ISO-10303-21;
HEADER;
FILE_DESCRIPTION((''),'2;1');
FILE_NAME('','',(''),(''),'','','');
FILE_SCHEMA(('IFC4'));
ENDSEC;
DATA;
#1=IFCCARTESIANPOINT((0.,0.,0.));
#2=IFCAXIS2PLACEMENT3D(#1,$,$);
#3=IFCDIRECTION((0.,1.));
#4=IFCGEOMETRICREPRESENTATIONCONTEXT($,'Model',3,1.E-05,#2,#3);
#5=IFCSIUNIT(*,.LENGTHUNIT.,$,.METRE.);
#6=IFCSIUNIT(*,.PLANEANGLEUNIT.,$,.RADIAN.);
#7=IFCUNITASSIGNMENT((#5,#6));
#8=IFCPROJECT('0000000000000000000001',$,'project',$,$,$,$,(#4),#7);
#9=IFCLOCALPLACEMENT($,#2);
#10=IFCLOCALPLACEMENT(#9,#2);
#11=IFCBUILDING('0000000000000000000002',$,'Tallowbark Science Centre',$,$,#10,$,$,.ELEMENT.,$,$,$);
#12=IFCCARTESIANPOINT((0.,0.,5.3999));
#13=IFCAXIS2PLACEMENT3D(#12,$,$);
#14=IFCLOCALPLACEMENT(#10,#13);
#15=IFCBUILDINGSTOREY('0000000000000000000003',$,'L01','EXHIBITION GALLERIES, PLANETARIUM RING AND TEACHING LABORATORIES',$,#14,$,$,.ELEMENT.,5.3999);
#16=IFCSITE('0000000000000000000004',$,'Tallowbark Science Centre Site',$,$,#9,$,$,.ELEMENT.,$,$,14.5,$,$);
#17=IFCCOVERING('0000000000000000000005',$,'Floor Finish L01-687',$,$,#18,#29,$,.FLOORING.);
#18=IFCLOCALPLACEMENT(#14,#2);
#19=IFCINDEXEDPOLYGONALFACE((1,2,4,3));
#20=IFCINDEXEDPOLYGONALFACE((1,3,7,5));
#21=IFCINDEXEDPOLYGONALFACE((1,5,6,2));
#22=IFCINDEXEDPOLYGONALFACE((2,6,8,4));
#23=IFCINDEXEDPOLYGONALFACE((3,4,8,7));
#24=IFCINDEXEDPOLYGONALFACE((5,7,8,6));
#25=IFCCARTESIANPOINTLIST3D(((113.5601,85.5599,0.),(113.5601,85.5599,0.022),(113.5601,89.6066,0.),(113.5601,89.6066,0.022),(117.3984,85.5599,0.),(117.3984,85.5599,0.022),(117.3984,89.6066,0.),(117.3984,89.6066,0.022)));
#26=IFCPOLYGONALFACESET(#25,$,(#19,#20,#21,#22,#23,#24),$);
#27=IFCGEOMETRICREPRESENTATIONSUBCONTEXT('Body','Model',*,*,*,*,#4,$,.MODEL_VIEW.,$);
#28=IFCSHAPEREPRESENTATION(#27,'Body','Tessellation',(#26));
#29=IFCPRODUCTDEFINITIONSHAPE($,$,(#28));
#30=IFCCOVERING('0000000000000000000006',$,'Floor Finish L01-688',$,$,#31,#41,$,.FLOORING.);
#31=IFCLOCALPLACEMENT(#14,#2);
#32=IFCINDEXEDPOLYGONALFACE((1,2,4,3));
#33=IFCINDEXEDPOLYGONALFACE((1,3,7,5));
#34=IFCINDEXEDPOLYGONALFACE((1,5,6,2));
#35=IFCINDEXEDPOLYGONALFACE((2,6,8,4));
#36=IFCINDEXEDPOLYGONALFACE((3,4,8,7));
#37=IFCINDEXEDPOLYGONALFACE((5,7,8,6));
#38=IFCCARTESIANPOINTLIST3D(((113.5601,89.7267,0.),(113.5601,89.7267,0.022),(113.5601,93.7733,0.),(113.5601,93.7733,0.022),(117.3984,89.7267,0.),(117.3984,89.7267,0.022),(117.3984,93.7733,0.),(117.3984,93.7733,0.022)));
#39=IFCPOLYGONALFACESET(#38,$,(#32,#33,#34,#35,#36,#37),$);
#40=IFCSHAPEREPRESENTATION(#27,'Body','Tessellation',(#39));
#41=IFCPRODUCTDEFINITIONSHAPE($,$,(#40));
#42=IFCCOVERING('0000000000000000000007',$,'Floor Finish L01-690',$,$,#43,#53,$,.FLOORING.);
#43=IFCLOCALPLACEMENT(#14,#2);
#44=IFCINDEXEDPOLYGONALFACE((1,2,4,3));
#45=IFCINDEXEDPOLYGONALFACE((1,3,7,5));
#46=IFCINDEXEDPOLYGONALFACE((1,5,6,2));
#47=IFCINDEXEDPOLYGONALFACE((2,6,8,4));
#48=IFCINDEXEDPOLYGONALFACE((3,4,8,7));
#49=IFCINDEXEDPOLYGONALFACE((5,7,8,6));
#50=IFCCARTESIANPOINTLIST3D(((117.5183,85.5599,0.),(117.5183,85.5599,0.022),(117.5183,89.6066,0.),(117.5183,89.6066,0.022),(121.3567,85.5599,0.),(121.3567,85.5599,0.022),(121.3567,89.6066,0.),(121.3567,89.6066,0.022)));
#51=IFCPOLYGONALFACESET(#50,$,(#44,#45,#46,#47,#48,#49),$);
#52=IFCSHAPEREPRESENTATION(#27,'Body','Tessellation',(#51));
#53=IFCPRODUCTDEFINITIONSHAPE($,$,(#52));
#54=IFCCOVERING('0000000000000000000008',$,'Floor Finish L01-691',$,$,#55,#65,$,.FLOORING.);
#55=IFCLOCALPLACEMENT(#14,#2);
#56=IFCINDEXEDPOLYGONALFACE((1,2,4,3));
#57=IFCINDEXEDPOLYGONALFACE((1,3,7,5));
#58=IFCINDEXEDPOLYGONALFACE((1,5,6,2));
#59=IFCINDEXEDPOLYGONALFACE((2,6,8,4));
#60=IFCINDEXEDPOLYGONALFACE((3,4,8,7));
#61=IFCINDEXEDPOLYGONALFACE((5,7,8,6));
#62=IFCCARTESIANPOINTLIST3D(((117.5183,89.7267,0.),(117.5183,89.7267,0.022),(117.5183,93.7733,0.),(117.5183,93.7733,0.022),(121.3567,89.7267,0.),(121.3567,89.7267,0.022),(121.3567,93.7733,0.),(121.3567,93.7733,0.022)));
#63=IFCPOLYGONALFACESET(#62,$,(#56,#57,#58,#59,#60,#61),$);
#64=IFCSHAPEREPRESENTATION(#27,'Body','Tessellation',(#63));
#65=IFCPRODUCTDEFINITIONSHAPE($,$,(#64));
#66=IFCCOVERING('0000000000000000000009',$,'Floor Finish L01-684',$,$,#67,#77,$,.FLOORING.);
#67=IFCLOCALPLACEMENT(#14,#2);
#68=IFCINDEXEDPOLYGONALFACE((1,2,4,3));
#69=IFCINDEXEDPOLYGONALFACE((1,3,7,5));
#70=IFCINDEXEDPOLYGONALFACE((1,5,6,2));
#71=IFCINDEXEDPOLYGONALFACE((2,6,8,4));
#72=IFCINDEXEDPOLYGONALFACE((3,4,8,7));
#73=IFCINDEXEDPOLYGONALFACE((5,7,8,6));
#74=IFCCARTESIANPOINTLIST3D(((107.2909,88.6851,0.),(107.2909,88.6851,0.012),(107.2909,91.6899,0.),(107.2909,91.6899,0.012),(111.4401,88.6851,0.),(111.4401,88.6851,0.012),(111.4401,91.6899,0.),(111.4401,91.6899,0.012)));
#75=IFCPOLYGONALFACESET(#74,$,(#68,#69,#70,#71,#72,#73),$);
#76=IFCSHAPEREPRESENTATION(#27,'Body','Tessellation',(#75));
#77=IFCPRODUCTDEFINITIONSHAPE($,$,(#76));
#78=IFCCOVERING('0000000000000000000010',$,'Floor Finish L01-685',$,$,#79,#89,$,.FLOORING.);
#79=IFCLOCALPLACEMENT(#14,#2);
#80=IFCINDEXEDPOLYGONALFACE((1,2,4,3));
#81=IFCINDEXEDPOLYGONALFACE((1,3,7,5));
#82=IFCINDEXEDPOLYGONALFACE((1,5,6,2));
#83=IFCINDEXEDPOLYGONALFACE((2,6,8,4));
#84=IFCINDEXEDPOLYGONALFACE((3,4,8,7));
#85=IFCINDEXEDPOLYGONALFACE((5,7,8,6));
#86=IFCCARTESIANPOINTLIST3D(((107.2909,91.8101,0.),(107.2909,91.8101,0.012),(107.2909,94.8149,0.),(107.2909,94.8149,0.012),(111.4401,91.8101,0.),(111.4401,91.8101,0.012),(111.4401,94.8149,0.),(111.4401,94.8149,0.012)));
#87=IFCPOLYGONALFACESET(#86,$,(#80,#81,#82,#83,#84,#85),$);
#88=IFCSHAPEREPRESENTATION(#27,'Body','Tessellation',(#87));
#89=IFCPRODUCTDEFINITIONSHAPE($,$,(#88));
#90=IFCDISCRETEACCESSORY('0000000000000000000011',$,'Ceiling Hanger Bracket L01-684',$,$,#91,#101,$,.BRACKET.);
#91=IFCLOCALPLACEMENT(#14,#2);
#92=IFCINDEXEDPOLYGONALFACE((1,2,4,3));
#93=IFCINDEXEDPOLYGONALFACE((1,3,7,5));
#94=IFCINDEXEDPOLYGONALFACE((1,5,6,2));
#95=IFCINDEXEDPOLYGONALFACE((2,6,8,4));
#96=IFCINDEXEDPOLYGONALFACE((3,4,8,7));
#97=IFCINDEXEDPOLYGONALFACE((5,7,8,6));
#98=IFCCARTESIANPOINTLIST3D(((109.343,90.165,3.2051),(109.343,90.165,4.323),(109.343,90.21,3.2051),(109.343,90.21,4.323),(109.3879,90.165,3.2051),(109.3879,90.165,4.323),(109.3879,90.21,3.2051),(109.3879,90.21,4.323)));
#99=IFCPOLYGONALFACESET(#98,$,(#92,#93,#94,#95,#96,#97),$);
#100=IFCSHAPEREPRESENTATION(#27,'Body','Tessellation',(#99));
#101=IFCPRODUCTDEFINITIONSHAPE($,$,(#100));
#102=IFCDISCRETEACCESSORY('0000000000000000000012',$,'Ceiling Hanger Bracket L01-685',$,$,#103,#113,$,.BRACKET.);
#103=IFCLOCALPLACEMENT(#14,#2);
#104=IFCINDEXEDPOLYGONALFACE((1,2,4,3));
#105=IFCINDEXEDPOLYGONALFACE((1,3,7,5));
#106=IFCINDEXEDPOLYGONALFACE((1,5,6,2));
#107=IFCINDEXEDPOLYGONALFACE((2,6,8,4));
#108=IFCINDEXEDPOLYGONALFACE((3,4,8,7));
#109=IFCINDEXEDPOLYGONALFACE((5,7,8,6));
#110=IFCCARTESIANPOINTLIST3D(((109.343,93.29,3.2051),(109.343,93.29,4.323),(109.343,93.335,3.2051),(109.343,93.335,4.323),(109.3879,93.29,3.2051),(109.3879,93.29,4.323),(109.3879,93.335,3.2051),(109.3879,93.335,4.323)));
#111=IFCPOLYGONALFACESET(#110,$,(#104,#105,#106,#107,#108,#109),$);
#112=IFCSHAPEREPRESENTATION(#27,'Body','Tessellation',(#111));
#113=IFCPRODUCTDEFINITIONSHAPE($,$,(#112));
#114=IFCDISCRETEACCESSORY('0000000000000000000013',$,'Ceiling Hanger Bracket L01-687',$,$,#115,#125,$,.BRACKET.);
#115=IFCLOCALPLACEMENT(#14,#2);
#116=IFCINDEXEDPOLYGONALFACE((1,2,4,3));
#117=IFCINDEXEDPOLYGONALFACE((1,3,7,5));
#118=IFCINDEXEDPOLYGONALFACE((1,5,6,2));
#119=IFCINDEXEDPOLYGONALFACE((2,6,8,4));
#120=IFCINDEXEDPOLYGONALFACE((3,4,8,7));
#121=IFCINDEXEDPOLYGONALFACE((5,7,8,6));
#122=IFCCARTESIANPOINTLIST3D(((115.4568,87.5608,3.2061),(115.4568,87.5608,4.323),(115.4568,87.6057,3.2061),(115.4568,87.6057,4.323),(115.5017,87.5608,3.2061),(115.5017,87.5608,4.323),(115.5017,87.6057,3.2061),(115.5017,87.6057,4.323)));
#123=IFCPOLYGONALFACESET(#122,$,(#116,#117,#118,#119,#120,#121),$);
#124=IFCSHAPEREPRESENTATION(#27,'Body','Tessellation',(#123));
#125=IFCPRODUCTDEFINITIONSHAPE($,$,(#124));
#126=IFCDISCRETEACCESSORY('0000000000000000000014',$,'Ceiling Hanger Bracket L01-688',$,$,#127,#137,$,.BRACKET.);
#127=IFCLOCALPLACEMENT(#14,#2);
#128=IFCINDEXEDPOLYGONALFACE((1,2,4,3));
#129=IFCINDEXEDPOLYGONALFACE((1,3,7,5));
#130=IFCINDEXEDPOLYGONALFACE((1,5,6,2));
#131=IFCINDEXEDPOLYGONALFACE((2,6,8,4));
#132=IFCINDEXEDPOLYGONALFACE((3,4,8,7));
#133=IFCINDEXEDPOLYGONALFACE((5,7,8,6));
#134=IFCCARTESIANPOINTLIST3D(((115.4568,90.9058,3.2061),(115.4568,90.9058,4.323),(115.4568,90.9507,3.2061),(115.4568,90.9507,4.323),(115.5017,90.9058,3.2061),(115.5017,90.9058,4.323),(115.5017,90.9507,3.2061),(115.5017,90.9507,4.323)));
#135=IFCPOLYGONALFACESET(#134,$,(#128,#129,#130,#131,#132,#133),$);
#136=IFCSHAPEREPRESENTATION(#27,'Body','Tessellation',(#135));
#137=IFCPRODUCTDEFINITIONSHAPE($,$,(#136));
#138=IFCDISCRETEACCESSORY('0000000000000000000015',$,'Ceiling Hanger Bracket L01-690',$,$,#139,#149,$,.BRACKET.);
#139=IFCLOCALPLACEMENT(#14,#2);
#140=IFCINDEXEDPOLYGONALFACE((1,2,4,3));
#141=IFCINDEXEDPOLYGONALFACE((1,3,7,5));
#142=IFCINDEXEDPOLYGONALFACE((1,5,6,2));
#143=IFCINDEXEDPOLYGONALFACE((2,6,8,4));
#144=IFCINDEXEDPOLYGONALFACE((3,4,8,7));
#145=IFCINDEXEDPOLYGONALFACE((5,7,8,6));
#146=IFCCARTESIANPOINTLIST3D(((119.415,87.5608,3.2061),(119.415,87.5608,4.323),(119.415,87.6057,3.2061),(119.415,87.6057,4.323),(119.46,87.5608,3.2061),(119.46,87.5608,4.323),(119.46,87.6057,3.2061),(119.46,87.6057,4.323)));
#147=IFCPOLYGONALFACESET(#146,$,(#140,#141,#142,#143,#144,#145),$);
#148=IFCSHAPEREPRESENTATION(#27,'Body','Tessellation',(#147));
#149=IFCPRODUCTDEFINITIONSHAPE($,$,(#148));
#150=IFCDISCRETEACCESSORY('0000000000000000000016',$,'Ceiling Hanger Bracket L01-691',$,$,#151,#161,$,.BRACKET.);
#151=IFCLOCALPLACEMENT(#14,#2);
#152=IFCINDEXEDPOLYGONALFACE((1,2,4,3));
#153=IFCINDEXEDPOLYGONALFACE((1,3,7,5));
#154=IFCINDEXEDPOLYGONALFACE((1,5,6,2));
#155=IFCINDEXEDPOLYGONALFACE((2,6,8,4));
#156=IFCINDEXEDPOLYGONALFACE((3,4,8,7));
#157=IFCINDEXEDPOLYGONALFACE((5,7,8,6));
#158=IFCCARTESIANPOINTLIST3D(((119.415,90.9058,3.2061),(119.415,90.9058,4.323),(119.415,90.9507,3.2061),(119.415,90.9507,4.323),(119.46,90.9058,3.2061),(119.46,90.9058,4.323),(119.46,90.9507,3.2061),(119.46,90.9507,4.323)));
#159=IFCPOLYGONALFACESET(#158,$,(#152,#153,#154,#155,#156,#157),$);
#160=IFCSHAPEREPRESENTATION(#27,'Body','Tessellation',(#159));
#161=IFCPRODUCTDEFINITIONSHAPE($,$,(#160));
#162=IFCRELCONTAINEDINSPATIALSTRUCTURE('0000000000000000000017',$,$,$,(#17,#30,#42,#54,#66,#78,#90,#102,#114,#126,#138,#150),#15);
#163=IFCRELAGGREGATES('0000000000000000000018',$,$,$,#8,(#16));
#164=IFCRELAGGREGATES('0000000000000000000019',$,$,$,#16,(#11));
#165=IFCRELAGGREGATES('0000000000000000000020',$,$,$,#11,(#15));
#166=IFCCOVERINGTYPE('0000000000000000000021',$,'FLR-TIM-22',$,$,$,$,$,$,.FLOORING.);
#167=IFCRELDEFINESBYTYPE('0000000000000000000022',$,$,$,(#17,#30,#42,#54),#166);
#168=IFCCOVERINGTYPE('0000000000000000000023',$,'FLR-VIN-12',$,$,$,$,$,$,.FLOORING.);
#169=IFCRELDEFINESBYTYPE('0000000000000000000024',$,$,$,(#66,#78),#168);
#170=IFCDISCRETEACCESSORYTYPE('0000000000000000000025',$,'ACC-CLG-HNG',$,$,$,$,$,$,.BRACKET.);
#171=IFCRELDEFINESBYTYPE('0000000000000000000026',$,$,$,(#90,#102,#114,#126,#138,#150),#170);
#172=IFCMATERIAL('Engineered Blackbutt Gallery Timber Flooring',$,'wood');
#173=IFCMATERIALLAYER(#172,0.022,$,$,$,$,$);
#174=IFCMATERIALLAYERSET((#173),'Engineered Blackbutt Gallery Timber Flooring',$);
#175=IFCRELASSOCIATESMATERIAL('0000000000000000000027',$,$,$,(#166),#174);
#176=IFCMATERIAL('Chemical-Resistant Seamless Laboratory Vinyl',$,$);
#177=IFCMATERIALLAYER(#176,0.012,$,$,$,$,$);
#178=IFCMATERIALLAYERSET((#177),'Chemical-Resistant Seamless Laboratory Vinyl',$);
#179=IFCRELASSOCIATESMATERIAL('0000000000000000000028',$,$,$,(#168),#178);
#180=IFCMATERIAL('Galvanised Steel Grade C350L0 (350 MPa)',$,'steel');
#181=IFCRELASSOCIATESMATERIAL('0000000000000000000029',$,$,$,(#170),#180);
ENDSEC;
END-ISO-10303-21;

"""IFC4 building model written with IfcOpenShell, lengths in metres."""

from ifc_helpers import new_model, si_unit, direction, frame, origin, origin_2d, place, context, subcontext, project, spatial, rectangle, extrude, material, layer, layer_set, type_object, element, save


model = new_model("IFC4")

# Units and contexts
model_context = context("Model", 3, precision=1e-05, world=origin(), true_north=direction((0.0, 1.0)))
body_context = subcontext(model_context, "Body", "Model", "MODEL_VIEW")
ifc_project = project(units=[si_unit("LENGTHUNIT", "METRE"), si_unit("PLANEANGLEUNIT", "RADIAN")], contexts=[model_context])

# Site, building, storey
site_placement = place(None, origin())
site = spatial("IfcSite", under=ifc_project, at=site_placement, Name="Tallowbark Science Centre Site", CompositionType="ELEMENT", RefElevation=14.5)
building_placement = place(site_placement, origin())
building = spatial("IfcBuilding", under=site, at=building_placement, Name="Tallowbark Science Centre", CompositionType="ELEMENT")
storey_placement = place(building_placement, frame((0.0, 0.0, 5.3999)))
storey = spatial("IfcBuildingStorey", under=building, at=storey_placement, Name="L01", Description="EXHIBITION GALLERIES, PLANETARIUM RING AND TEACHING LABORATORIES", CompositionType="ELEMENT", Elevation=5.3999)

# Coverings
ifc_material_1 = material(Name="Engineered Blackbutt Gallery Timber Flooring", Category="wood")
ifc_layer_1 = layer(ifc_material_1, 0.022)
ifc_layer_set_1 = layer_set([ifc_layer_1], Name="Engineered Blackbutt Gallery Timber Flooring")
covering_type_1 = type_object("IfcCoveringType", Name="FLR-TIM-22", PredefinedType="FLOORING", material=ifc_layer_set_1)
for number, where, z_axis, x_axis, name in (
    (1, (115.4792, 87.5833, 0.0), (0.0, 0.0, 1.0), (1.0, 0.0, 0.0), "Floor Finish L01-687"),
    (2, (115.4792, 91.75, 0.0), (0.0, 0.0, 1.0), (1.0, 0.0, 0.0), "Floor Finish L01-688"),
    (3, (119.4375, 87.5833, 0.0), (0.0, 0.0, 1.0), (1.0, 0.0, 0.0), "Floor Finish L01-690"),
    (4, (119.4375, 91.75, 0.0), (0.0, 0.0, 1.0), (1.0, 0.0, 0.0), "Floor Finish L01-691"),
):
    element("IfcCovering", number, at=place(storey_placement, frame(where, z_axis=z_axis, x_axis=x_axis)), inside=storey, type_object=covering_type_1, Name=name, PredefinedType="FLOORING", context=body_context, shape_type="SweptSolid", body=[
        extrude(rectangle(XDim=3.8384, YDim=4.0466, at=origin_2d()), origin(), (0.0, 0.0, 1.0), 0.022),
    ])
ifc_material_2 = material(Name="Chemical-Resistant Seamless Laboratory Vinyl")
ifc_layer_2 = layer(ifc_material_2, 0.012)
ifc_layer_set_2 = layer_set([ifc_layer_2], Name="Chemical-Resistant Seamless Laboratory Vinyl")
covering_type_2 = type_object("IfcCoveringType", Name="FLR-VIN-12", PredefinedType="FLOORING", material=ifc_layer_set_2)
for number, where, z_axis, x_axis, name in (
    (5, (109.3655, 90.1875, 0.0), (0.0, 0.0, 1.0), (1.0, 0.0, 0.0), "Floor Finish L01-684"),
    (6, (109.3655, 93.3125, 0.0), (0.0, 0.0, 1.0), (1.0, 0.0, 0.0), "Floor Finish L01-685"),
):
    element("IfcCovering", number, at=place(storey_placement, frame(where, z_axis=z_axis, x_axis=x_axis)), inside=storey, type_object=covering_type_2, Name=name, PredefinedType="FLOORING", context=body_context, shape_type="SweptSolid", body=[
        extrude(rectangle(XDim=4.1492, YDim=3.0049, at=origin_2d()), origin(), (0.0, 0.0, 1.0), 0.012),
    ])

# Discrete accessories
ifc_material_3 = material(Name="Galvanised Steel Grade C350L0 (350 MPa)", Category="steel")
discrete_accessory_type = type_object("IfcDiscreteAccessoryType", Name="ACC-CLG-HNG", PredefinedType="BRACKET", material=ifc_material_3)
for number, where, z_axis, x_axis, name in (
    (7, (109.3655, 90.1875, 3.2051), (0.0, 0.0, 1.0), (1.0, 0.0, 0.0), "Ceiling Hanger Bracket L01-684"),
    (8, (109.3655, 93.3125, 3.2051), (0.0, 0.0, 1.0), (1.0, 0.0, 0.0), "Ceiling Hanger Bracket L01-685"),
):
    element("IfcDiscreteAccessory", number, at=place(storey_placement, frame(where, z_axis=z_axis, x_axis=x_axis)), inside=storey, type_object=discrete_accessory_type, Name=name, PredefinedType="BRACKET", context=body_context, shape_type="SweptSolid", body=[
        extrude(rectangle(XDim=0.0449, YDim=0.0449, at=origin_2d()), origin(), (0.0, 0.0, 1.0), 1.1179),
    ])
for number, where, z_axis, x_axis, name in (
    (9, (115.4792, 87.5833, 3.2061), (0.0, 0.0, 1.0), (1.0, 0.0, 0.0), "Ceiling Hanger Bracket L01-687"),
    (10, (115.4792, 90.9282, 3.2061), (0.0, 0.0, 1.0), (1.0, 0.0, 0.0), "Ceiling Hanger Bracket L01-688"),
    (11, (119.4375, 87.5833, 3.2061), (0.0, 0.0, 1.0), (1.0, 0.0, 0.0), "Ceiling Hanger Bracket L01-690"),
    (12, (119.4375, 90.9282, 3.2061), (0.0, 0.0, 1.0), (1.0, 0.0, 0.0), "Ceiling Hanger Bracket L01-691"),
):
    element("IfcDiscreteAccessory", number, at=place(storey_placement, frame(where, z_axis=z_axis, x_axis=x_axis)), inside=storey, type_object=discrete_accessory_type, Name=name, PredefinedType="BRACKET", context=body_context, shape_type="SweptSolid", body=[
        extrude(rectangle(XDim=0.0449, YDim=0.0449, at=origin_2d()), origin(), (0.0, 0.0, 1.0), 1.1169),
    ])

save(model, "model.ifc")
